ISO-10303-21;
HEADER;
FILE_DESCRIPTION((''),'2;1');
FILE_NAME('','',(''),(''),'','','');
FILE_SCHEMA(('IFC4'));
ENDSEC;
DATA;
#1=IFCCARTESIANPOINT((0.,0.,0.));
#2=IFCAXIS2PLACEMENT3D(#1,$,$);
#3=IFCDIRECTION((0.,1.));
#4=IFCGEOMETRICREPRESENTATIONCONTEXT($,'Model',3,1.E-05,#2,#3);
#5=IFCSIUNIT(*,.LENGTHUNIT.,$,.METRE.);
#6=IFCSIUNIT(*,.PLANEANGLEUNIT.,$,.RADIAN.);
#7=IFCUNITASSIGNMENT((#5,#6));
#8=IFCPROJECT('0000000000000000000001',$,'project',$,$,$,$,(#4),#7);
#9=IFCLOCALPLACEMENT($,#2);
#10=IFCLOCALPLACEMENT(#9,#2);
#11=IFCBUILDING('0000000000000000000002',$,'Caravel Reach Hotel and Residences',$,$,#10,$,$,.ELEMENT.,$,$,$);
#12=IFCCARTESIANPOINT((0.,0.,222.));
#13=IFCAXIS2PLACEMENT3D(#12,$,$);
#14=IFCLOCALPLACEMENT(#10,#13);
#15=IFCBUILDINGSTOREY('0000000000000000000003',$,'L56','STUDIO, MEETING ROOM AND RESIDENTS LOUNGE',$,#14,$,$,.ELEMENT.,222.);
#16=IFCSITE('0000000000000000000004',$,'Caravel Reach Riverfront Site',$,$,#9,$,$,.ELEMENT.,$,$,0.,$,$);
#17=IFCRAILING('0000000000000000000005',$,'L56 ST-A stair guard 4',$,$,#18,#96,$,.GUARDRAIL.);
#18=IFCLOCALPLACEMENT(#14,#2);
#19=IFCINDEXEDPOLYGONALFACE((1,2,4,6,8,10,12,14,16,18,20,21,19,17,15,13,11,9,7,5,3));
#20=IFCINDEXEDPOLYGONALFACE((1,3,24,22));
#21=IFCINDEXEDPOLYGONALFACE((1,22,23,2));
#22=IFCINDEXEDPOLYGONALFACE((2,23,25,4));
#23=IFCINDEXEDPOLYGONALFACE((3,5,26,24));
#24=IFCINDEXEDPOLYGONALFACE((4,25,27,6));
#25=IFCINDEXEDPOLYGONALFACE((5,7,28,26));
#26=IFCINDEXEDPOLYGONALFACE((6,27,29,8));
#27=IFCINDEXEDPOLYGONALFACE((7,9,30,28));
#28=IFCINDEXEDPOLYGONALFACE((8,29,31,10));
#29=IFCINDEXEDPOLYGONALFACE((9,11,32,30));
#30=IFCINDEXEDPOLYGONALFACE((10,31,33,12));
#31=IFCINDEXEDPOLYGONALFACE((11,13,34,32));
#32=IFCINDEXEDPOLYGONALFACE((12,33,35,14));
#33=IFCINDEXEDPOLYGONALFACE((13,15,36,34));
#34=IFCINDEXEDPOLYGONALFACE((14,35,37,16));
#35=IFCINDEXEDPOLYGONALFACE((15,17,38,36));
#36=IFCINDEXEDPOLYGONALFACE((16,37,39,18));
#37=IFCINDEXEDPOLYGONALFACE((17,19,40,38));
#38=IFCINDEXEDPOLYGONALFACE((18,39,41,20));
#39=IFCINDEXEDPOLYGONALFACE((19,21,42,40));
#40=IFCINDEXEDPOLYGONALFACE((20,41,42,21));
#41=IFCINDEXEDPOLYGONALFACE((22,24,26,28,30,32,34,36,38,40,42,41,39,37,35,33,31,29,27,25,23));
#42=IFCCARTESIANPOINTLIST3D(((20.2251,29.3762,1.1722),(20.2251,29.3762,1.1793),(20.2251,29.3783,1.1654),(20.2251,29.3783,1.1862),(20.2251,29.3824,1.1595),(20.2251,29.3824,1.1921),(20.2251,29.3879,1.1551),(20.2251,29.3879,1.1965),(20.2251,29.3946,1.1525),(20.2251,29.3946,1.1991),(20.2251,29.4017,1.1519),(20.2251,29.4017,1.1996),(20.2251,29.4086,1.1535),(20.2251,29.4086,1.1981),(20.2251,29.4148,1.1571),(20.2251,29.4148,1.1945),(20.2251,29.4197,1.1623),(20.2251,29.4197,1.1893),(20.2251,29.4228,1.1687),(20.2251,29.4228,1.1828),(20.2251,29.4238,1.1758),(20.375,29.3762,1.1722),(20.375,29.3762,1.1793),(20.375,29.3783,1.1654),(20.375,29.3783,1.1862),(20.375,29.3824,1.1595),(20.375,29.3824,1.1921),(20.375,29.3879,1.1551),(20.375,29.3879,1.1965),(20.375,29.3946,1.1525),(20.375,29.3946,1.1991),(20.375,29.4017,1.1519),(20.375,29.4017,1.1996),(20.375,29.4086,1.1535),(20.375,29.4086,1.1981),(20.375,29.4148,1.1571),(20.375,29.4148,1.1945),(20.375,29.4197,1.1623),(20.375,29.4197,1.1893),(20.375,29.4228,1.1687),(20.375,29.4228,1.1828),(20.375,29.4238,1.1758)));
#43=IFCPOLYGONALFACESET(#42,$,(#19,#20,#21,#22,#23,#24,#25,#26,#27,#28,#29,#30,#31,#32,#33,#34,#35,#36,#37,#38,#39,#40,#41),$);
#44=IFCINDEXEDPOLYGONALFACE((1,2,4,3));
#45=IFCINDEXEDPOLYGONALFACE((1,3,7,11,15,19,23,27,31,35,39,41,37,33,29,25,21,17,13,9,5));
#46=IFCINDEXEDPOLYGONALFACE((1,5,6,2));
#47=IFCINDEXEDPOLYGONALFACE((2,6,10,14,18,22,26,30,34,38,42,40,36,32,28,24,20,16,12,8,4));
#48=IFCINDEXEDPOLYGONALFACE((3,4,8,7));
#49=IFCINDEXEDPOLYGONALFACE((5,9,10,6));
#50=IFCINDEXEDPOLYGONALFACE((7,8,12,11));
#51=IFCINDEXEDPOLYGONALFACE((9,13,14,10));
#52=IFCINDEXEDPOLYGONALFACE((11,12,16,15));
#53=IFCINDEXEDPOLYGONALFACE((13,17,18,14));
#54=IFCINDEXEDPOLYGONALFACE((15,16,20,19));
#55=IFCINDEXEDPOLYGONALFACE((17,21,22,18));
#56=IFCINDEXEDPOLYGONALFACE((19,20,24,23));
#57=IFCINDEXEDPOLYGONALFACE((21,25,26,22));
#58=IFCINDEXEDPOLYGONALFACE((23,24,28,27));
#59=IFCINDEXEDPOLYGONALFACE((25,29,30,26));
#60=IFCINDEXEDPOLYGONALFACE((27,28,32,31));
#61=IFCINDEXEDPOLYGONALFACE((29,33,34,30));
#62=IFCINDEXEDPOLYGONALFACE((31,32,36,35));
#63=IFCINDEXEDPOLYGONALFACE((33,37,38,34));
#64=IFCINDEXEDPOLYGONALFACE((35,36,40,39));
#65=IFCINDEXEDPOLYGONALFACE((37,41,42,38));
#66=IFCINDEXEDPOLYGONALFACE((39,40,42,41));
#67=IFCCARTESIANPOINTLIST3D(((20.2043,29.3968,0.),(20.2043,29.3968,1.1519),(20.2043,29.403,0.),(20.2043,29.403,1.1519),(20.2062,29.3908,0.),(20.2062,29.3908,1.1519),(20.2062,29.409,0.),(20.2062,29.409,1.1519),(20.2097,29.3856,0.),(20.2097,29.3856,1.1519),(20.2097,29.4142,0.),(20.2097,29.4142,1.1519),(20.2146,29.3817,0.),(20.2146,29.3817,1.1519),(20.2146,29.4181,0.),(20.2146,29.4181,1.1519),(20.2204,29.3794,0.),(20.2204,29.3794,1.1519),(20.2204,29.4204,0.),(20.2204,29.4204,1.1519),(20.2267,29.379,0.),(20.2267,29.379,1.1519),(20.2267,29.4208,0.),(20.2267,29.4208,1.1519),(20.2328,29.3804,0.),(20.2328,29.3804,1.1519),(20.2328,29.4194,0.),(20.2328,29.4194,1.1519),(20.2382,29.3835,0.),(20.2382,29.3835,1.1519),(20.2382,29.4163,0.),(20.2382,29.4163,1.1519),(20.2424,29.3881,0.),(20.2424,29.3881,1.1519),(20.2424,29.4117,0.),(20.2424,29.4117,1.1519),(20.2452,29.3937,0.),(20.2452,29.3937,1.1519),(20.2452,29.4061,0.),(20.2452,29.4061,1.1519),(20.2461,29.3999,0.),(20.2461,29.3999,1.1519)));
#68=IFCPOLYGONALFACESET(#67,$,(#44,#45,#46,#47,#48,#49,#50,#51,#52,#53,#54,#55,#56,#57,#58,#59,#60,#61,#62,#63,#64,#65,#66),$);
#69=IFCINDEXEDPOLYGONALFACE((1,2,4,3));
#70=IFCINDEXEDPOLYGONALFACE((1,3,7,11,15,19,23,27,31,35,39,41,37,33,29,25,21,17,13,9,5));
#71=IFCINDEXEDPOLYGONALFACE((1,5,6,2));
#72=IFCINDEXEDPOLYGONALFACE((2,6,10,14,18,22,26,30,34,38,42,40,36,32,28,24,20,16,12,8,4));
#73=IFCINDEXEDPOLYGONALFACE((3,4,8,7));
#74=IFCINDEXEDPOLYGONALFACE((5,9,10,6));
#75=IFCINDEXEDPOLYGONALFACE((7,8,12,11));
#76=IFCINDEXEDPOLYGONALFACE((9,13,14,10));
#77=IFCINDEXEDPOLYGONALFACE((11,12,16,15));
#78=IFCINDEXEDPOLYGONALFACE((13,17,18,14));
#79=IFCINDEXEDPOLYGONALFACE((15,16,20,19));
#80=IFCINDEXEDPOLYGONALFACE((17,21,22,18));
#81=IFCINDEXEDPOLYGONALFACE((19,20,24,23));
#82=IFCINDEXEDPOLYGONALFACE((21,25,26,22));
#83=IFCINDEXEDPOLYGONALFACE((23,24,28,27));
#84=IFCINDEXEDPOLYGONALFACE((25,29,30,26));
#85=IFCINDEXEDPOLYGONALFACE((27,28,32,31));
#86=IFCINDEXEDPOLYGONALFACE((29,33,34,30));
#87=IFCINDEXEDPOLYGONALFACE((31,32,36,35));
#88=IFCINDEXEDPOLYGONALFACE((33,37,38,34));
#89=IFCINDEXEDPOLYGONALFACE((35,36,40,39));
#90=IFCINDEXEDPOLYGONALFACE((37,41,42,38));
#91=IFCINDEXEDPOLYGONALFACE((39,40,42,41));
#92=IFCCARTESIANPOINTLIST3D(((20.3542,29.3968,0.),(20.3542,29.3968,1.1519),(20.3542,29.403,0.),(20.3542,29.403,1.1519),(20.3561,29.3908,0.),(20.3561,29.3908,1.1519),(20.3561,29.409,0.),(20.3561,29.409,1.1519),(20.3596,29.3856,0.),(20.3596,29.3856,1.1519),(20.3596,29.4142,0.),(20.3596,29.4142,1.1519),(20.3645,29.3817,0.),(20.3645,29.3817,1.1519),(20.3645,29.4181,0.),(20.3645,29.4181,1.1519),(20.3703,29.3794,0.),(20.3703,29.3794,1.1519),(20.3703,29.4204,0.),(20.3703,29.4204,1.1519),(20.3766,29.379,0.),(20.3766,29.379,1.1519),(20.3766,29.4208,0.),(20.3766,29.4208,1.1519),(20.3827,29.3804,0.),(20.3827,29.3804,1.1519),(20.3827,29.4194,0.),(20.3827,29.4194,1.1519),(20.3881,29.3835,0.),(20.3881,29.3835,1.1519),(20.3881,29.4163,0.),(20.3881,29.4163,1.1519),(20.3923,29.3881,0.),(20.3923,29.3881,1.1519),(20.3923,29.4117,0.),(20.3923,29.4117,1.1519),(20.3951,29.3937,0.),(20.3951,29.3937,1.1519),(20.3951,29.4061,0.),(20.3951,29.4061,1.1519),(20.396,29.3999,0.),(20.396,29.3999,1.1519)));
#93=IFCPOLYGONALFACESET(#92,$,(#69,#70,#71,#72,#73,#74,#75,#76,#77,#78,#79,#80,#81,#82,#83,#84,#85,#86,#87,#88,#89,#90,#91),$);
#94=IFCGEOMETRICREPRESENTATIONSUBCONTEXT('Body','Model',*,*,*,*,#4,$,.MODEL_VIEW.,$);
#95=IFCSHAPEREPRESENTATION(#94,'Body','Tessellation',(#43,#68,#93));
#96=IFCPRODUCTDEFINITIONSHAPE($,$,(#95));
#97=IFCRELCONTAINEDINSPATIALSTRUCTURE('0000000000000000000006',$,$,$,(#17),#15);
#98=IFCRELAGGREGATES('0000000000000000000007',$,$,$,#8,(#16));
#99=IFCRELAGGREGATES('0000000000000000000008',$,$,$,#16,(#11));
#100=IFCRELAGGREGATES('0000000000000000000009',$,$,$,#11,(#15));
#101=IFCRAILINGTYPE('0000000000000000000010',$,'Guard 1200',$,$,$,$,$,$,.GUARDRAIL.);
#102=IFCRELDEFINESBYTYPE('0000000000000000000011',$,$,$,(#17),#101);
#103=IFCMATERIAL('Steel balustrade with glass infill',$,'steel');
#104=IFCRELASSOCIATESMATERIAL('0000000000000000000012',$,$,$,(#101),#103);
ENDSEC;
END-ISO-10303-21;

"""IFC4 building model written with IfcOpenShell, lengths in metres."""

from ifc_helpers import new_model, si_unit, direction, frame, origin, origin_2d, place, context, subcontext, project, spatial, circle, extrude, material, type_object, element, save


model = new_model("IFC4")

# Units and contexts
model_context = context("Model", 3, precision=1e-05, world=origin(), true_north=direction((0.0, 1.0)))
body_context = subcontext(model_context, "Body", "Model", "MODEL_VIEW")
ifc_project = project(units=[si_unit("LENGTHUNIT", "METRE"), si_unit("PLANEANGLEUNIT", "RADIAN")], contexts=[model_context])

# Site, building, storey
site_placement = place(None, origin())
site = spatial("IfcSite", under=ifc_project, at=site_placement, Name="Caravel Reach Riverfront Site", CompositionType="ELEMENT", RefElevation=0.0)
building_placement = place(site_placement, origin())
building = spatial("IfcBuilding", under=site, at=building_placement, Name="Caravel Reach Hotel and Residences", CompositionType="ELEMENT")
storey_placement = place(building_placement, frame((0.0, 0.0, 222.0)))
storey = spatial("IfcBuildingStorey", under=building, at=storey_placement, Name="L56", Description="STUDIO, MEETING ROOM AND RESIDENTS LOUNGE", CompositionType="ELEMENT", Elevation=222.0)

# Railing
ifc_material_1 = material(Name="Steel balustrade with glass infill", Category="steel")
railing_type = type_object("IfcRailingType", Name="Guard 1200", PredefinedType="GUARDRAIL", material=ifc_material_1)
railing_placement = place(storey_placement, frame((20.2251, 29.3999, 0.0)))
element("IfcRailing", 1, at=railing_placement, inside=storey, type_object=railing_type, Name="L56 ST-A stair guard 4", PredefinedType="GUARDRAIL", context=body_context, shape_type="SweptSolid", body=[
    extrude(circle(Radius=0.0239, at=origin_2d()), frame((0.0, 0.0, 1.1758), z_axis=(1.0, 0.0, 0.0), x_axis=(0.0, 1.0, 0.0)), (0.0, 0.0, 1.0), 0.1499),
    extrude(circle(Radius=0.021, at=origin_2d()), origin(), (0.0, 0.0, 1.0), 1.1519),
    extrude(circle(Radius=0.021, at=origin_2d()), frame((0.1499, 0.0, 0.0)), (0.0, 0.0, 1.0), 1.1519),
])

save(model, "model.ifc")
